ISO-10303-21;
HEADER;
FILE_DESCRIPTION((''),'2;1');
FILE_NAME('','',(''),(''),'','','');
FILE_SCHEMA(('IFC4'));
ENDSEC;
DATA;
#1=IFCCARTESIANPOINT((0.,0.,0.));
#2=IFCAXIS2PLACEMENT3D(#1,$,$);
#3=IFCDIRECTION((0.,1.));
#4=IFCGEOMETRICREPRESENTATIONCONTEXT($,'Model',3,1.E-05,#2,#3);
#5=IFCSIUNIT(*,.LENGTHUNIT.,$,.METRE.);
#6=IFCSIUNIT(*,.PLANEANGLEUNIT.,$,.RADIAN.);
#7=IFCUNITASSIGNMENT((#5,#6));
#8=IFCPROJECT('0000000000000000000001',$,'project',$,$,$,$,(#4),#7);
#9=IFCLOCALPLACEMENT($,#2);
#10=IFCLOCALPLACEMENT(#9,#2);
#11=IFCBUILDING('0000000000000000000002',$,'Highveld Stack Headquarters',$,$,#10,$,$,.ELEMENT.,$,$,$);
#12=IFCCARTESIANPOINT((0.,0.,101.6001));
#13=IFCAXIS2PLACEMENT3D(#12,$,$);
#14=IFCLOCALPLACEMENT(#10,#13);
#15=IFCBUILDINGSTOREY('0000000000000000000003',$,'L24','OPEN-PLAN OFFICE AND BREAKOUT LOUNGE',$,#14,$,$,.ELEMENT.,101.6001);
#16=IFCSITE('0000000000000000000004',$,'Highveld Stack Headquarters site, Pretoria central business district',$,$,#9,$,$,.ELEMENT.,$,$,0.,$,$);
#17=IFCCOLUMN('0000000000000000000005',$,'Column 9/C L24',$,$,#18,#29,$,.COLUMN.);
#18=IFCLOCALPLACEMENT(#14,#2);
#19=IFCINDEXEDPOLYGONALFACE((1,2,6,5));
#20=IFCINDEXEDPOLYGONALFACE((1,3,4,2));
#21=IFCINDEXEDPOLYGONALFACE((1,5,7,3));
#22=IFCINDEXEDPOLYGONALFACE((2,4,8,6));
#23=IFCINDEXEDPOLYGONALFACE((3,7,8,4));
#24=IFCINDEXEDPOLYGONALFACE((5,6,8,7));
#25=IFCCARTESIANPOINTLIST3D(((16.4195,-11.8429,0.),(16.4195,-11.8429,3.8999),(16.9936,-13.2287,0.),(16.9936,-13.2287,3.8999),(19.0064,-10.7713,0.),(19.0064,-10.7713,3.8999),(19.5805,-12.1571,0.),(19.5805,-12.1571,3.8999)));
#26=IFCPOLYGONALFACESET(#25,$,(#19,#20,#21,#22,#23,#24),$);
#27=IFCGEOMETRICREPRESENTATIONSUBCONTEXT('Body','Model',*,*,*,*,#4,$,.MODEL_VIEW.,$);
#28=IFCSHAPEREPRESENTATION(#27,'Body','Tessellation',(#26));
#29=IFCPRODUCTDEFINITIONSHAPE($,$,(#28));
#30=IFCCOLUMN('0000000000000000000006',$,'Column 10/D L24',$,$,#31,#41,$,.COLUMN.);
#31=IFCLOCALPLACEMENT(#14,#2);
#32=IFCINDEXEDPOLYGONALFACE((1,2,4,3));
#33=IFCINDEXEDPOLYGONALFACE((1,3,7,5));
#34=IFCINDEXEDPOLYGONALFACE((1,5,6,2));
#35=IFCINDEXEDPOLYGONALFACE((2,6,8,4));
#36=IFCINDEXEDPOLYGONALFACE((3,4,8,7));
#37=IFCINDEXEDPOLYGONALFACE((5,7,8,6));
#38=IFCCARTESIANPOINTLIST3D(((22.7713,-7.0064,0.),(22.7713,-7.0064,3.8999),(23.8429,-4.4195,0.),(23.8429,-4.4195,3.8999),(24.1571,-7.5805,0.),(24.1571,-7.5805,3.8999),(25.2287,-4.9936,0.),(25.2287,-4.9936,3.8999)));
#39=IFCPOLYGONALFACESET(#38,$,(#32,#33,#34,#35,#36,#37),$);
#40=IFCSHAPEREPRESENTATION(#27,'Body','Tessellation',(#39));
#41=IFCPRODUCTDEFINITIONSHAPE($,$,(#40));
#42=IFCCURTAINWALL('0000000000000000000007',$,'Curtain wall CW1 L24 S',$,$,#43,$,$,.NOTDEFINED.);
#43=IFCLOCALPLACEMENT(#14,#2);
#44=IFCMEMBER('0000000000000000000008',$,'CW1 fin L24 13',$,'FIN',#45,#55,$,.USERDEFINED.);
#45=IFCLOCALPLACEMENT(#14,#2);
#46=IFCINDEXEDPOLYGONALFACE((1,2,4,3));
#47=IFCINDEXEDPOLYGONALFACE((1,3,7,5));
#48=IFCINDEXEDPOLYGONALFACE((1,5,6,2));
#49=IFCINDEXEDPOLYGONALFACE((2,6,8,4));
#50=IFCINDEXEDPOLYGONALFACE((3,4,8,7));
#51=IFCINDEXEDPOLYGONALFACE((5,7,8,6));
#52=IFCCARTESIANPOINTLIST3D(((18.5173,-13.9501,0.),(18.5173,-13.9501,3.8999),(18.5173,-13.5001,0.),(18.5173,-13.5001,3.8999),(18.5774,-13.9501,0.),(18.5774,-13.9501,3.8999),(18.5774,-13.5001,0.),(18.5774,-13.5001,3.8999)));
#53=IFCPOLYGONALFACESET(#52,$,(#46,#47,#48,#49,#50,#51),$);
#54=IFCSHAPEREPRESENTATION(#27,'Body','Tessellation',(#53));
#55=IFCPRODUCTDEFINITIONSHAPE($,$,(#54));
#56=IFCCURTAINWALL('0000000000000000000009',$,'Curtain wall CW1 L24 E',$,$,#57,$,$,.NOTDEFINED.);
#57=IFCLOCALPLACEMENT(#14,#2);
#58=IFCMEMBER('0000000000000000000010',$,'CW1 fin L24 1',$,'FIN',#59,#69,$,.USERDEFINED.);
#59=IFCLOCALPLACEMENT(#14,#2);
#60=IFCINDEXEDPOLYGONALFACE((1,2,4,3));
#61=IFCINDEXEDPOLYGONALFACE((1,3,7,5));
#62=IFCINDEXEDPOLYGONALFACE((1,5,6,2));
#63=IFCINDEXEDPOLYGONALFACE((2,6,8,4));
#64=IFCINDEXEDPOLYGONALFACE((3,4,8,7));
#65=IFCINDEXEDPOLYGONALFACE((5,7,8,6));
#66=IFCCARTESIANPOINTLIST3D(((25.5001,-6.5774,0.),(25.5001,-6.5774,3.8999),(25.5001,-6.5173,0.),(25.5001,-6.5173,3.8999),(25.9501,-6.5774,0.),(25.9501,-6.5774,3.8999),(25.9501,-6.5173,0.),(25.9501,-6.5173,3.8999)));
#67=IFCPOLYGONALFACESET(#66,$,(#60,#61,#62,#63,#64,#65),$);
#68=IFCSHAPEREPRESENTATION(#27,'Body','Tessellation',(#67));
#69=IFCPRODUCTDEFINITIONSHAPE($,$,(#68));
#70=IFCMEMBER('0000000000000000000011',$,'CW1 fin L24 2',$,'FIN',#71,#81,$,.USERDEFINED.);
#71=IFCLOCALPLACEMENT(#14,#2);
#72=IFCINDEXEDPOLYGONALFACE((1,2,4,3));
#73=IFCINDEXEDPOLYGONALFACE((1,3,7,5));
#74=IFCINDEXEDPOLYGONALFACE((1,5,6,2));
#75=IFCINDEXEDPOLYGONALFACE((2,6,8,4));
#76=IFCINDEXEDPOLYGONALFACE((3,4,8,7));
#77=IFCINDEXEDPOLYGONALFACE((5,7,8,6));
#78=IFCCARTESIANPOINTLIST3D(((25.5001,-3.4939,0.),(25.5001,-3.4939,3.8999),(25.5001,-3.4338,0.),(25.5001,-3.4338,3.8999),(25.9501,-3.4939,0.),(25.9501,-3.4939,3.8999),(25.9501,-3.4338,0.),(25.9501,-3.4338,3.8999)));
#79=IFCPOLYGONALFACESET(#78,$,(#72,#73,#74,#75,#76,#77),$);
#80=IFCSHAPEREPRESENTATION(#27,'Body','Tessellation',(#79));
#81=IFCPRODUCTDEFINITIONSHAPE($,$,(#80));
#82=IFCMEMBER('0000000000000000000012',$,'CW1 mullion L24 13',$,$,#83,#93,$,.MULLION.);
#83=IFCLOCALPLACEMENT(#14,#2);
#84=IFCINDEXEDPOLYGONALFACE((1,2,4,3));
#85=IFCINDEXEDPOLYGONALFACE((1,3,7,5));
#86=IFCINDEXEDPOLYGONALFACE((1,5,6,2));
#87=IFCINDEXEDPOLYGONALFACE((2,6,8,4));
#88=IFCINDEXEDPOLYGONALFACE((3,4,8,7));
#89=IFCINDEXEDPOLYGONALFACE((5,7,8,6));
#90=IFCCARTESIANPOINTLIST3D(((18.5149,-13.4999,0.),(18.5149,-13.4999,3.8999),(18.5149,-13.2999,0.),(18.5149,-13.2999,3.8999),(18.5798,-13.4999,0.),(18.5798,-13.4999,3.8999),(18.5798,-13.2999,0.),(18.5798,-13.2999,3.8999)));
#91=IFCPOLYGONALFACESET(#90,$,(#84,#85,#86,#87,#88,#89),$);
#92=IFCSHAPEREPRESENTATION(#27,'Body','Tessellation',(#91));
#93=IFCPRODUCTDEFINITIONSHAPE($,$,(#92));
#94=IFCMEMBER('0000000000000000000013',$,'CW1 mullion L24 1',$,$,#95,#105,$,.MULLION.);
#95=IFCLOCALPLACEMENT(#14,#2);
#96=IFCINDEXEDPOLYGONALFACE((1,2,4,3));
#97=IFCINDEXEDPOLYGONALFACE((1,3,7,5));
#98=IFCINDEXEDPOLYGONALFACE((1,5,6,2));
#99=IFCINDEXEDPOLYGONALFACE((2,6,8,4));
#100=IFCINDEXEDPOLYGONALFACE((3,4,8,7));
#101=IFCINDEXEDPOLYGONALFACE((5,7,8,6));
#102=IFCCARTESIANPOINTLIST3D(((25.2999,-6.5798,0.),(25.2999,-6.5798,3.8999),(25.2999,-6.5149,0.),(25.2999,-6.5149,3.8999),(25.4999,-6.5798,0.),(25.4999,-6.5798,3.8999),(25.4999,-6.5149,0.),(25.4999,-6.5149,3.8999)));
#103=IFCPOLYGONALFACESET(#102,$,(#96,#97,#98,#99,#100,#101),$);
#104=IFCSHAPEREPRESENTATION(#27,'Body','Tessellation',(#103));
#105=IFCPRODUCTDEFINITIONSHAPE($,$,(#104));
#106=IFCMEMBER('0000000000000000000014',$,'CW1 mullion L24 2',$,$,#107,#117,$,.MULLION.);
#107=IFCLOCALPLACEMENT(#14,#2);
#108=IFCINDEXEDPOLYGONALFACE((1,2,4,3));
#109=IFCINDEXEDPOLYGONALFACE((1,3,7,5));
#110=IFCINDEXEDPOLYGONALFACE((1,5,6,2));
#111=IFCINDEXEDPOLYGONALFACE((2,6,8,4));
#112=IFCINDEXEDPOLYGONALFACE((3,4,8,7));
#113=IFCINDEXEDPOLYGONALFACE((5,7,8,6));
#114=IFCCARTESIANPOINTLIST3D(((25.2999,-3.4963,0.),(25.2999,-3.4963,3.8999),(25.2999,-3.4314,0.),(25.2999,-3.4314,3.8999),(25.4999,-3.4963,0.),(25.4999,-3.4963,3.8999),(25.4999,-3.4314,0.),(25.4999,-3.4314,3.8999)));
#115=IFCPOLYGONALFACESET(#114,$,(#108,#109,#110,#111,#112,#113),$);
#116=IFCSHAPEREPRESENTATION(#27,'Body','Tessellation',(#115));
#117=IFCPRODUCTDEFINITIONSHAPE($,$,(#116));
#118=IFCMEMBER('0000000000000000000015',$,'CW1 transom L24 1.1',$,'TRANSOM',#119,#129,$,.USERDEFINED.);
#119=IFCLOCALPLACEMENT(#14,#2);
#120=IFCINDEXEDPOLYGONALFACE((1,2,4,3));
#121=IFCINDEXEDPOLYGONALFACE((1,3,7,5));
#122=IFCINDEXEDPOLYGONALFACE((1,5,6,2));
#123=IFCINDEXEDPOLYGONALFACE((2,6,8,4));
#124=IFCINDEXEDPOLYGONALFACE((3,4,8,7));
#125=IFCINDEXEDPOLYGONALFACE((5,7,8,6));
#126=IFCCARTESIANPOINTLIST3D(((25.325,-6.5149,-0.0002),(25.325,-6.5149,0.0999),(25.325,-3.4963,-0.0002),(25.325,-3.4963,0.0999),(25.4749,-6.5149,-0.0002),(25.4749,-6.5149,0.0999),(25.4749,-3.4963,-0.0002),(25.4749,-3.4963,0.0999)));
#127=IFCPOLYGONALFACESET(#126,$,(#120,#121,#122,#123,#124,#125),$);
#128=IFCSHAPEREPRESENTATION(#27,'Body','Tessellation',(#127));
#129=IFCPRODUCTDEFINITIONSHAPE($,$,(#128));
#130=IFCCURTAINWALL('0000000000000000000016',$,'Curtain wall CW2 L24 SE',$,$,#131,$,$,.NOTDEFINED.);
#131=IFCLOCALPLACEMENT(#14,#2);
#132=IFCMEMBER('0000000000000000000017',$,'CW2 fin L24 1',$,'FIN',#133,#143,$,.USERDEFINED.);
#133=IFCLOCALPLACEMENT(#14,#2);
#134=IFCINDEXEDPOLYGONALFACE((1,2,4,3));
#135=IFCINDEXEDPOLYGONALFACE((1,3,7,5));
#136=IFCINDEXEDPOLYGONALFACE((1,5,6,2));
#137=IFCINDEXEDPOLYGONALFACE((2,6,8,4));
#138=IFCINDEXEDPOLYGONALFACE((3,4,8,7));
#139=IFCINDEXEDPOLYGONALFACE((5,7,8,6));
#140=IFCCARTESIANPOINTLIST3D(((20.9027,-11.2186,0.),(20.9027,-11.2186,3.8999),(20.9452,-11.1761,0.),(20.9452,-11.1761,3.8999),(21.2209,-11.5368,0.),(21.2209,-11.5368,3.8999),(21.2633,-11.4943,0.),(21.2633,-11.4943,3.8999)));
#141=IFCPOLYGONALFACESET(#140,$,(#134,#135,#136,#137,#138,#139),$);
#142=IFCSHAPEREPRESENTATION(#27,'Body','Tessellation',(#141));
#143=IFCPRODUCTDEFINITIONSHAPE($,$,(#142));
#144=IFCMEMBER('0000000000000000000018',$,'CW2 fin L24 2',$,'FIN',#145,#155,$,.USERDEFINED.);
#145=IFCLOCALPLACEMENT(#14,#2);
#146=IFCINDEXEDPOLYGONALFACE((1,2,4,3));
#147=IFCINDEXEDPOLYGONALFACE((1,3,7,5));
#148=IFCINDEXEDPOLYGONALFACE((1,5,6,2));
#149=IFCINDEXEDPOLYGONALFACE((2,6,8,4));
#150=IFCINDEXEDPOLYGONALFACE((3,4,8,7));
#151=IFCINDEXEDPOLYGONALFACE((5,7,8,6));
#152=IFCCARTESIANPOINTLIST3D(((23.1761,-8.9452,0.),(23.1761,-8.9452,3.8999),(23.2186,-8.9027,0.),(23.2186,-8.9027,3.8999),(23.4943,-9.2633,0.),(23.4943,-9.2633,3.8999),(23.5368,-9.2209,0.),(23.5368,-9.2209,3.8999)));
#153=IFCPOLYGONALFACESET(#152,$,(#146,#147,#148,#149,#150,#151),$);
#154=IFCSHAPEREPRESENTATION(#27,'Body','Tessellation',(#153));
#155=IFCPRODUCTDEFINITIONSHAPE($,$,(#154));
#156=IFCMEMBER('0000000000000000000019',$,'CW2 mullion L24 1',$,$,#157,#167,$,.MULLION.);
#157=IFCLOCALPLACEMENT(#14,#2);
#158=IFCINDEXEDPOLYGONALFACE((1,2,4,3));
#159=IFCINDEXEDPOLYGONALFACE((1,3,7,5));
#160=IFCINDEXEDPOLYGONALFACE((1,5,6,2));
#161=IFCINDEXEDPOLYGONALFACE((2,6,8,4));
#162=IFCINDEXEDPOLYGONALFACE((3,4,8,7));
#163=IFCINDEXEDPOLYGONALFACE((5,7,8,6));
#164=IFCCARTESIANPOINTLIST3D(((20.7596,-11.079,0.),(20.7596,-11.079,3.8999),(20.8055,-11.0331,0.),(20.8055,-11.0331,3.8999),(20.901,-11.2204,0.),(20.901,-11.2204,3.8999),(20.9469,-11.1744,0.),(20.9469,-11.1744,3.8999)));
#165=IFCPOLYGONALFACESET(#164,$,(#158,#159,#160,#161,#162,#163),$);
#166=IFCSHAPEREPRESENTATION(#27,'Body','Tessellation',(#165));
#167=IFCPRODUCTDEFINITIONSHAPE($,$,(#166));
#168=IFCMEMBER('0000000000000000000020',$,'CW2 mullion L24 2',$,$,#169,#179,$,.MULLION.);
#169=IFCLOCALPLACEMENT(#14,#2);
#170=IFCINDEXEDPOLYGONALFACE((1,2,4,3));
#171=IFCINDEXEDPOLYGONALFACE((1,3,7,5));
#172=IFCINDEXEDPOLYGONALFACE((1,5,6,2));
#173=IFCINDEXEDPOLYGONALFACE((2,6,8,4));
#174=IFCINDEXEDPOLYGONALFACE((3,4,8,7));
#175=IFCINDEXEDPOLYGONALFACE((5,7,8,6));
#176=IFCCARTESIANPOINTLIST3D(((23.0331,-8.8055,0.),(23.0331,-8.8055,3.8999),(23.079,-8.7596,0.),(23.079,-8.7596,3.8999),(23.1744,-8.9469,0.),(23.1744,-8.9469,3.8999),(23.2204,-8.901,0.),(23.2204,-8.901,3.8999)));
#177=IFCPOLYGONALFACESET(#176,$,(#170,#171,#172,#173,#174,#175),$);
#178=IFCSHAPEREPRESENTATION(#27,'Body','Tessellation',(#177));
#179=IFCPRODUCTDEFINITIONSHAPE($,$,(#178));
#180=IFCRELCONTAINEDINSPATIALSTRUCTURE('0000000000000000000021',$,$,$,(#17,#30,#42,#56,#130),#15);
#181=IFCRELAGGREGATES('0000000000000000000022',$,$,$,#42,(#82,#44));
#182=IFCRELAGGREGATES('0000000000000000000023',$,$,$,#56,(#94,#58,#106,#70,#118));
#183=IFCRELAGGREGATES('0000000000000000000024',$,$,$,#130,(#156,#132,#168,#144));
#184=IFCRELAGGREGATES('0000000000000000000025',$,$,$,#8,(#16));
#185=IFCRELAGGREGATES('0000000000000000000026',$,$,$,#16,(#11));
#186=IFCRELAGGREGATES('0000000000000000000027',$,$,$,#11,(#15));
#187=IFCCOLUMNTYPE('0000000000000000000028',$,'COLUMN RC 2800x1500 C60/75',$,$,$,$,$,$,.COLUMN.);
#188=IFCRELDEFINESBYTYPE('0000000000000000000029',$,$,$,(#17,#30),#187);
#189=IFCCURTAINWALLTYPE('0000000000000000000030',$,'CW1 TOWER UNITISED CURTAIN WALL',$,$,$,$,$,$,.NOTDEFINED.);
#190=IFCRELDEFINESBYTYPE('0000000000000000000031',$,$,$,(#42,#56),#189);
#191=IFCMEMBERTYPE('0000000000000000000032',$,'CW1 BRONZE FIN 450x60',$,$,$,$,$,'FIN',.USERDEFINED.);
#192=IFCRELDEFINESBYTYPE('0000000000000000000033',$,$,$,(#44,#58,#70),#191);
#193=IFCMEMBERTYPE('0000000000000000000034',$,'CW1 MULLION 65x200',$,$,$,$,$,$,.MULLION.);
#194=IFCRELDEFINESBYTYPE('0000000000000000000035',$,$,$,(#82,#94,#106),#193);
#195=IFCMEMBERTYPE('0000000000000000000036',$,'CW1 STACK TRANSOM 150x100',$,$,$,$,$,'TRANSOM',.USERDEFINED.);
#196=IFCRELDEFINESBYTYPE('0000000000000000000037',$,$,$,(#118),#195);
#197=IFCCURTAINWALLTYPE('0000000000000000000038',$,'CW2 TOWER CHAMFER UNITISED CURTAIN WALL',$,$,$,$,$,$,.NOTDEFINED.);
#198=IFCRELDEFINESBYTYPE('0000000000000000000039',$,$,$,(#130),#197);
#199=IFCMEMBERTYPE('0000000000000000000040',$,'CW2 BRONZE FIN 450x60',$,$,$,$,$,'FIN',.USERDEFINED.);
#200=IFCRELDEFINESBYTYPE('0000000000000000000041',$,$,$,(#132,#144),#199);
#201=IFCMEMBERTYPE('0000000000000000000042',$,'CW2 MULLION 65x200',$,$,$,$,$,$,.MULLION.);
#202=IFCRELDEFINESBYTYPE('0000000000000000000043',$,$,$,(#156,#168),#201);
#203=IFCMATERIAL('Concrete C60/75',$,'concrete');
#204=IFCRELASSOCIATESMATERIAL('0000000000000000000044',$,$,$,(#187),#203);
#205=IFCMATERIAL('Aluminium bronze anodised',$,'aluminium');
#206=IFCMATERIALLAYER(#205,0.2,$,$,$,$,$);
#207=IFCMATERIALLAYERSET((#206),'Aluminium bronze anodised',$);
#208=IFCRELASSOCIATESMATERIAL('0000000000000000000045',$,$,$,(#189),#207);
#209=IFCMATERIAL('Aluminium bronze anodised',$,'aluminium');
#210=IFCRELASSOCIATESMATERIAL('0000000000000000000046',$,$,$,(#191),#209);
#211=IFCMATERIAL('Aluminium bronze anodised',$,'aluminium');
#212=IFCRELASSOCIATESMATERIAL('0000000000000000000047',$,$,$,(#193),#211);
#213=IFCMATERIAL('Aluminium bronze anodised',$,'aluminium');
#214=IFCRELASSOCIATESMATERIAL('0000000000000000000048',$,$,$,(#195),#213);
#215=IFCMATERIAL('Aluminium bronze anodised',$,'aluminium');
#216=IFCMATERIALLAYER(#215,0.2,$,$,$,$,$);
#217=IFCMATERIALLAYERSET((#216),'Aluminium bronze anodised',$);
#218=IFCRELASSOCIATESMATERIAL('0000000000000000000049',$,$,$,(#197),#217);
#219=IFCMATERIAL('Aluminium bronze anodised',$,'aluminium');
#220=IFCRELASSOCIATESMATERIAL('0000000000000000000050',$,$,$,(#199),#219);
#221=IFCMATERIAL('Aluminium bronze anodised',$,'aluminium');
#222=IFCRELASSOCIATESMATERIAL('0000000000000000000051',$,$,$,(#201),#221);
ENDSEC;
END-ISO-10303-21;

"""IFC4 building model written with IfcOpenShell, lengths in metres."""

from ifc_helpers import new_model, si_unit, direction, frame, origin, origin_2d, place, context, subcontext, project, spatial, rectangle, extrude, material, layer, layer_set, material_profile, profile_set, type_object, element, aggregate, save


model = new_model("IFC4")

# Units and contexts
model_context = context("Model", 3, precision=1e-05, world=origin(), true_north=direction((0.0, 1.0)))
body_context = subcontext(model_context, "Body", "Model", "MODEL_VIEW")
ifc_project = project(units=[si_unit("LENGTHUNIT", "METRE"), si_unit("PLANEANGLEUNIT", "RADIAN")], contexts=[model_context])

# Site, building, storey
site_placement = place(None, origin())
site = spatial("IfcSite", under=ifc_project, at=site_placement, Name="Highveld Stack Headquarters site, Pretoria central business district", CompositionType="ELEMENT", RefElevation=0.0)
building_placement = place(site_placement, origin())
building = spatial("IfcBuilding", under=site, at=building_placement, Name="Highveld Stack Headquarters", CompositionType="ELEMENT")
storey_placement = place(building_placement, frame((0.0, 0.0, 101.6001)))
storey = spatial("IfcBuildingStorey", under=building, at=storey_placement, Name="L24", Description="OPEN-PLAN OFFICE AND BREAKOUT LOUNGE", CompositionType="ELEMENT", Elevation=101.6001)

# Columns
ifc_material_1 = material(Name="Concrete C60/75", Category="concrete")
ifc_material_profile_1 = material_profile(ifc_material_1, rectangle(XDim=2.8, YDim=1.5, at=origin_2d()), Name="RC 2800x1500")
ifc_profile_set_1 = profile_set([ifc_material_profile_1], Name="Concrete C60/75")
column_type = type_object("IfcColumnType", Name="COLUMN RC 2800x1500 C60/75", PredefinedType="COLUMN", material=ifc_profile_set_1)
for number, where, z_axis, x_axis, name in (
    (1, (18.0, -12.0, 0.0), (0.0, 0.0, 1.0), (-0.92388, -0.382683, 0.0), "Column 9/C L24"),
    (2, (24.0, -6.0, 0.0), (0.0, 0.0, 1.0), (-0.382683, -0.92388, 0.0), "Column 10/D L24"),
):
    element("IfcColumn", number, at=place(storey_placement, frame(where, z_axis=z_axis, x_axis=x_axis)), inside=storey, type_object=column_type, Name=name, PredefinedType="COLUMN", context=body_context, shape_type="SweptSolid", body=[
        extrude(rectangle(XDim=2.8, YDim=1.5, at=origin_2d()), origin(), (0.0, 0.0, 1.0), 3.8999),
    ])

# Curtain wall, member
ifc_material_2 = material(Name="Aluminium bronze anodised", Category="aluminium")
ifc_layer_1 = layer(ifc_material_2, 0.2)
ifc_layer_set_1 = layer_set([ifc_layer_1], Name="Aluminium bronze anodised")
curtain_wall_type_1 = type_object("IfcCurtainWallType", Name="CW1 TOWER UNITISED CURTAIN WALL", PredefinedType="NOTDEFINED", material=ifc_layer_set_1)
curtain_wall_1_placement = place(storey_placement, origin())
curtain_wall_1 = element("IfcCurtainWall", 3, at=curtain_wall_1_placement, inside=storey, type_object=curtain_wall_type_1, Name="Curtain wall CW1 L24 S", PredefinedType="NOTDEFINED")
ifc_material_3 = material(Name="Aluminium bronze anodised", Category="aluminium")
ifc_material_profile_2 = material_profile(ifc_material_3, rectangle(XDim=0.45, YDim=0.0601, at=origin_2d()), Name="FIN 450x60")
ifc_profile_set_2 = profile_set([ifc_material_profile_2], Name="Aluminium bronze anodised")
member_type_1 = type_object("IfcMemberType", Name="CW1 BRONZE FIN 450x60", ElementType="FIN", PredefinedType="USERDEFINED", material=ifc_profile_set_2)
member_1_placement = place(storey_placement, frame((18.5474, -13.7251, 0.0), z_axis=(0.0, 0.0, 1.0), x_axis=(0.0, 1.0, 0.0)))
member_1 = element("IfcMember", 4, at=member_1_placement, type_object=member_type_1, Name="CW1 fin L24 13", ObjectType="FIN", PredefinedType="USERDEFINED", context=body_context, shape_type="SweptSolid", body=[
    extrude(rectangle(XDim=0.45, YDim=0.0601, at=origin_2d()), origin(), (0.0, 0.0, 1.0), 3.8999),
])

# Curtain wall, members
curtain_wall_2_placement = place(storey_placement, origin())
curtain_wall_2 = element("IfcCurtainWall", 5, at=curtain_wall_2_placement, inside=storey, type_object=curtain_wall_type_1, Name="Curtain wall CW1 L24 E", PredefinedType="NOTDEFINED")
member_2_placement = place(storey_placement, frame((25.7251, -6.5474, 0.0), z_axis=(0.0, 0.0, 1.0), x_axis=(-1.0, 0.0, 0.0)))
member_2 = element("IfcMember", 6, at=member_2_placement, type_object=member_type_1, Name="CW1 fin L24 1", ObjectType="FIN", PredefinedType="USERDEFINED", context=body_context, shape_type="SweptSolid", body=[
    extrude(rectangle(XDim=0.45, YDim=0.0601, at=origin_2d()), origin(), (0.0, 0.0, 1.0), 3.8999),
])
member_3_placement = place(storey_placement, frame((25.7251, -3.4639, 0.0), z_axis=(0.0, 0.0, 1.0), x_axis=(-1.0, 0.0, 0.0)))
member_3 = element("IfcMember", 7, at=member_3_placement, type_object=member_type_1, Name="CW1 fin L24 2", ObjectType="FIN", PredefinedType="USERDEFINED", context=body_context, shape_type="SweptSolid", body=[
    extrude(rectangle(XDim=0.45, YDim=0.0601, at=origin_2d()), origin(), (0.0, 0.0, 1.0), 3.8999),
])

# Members
ifc_material_4 = material(Name="Aluminium bronze anodised", Category="aluminium")
ifc_material_profile_3 = material_profile(ifc_material_4, rectangle(XDim=0.2, YDim=0.0649, at=origin_2d()), Name="CW1 MULLION 65x200")
ifc_profile_set_3 = profile_set([ifc_material_profile_3], Name="Aluminium bronze anodised")
member_type_2 = type_object("IfcMemberType", Name="CW1 MULLION 65x200", PredefinedType="MULLION", material=ifc_profile_set_3)
member_4_placement = place(storey_placement, frame((18.5474, -13.3999, 0.0), z_axis=(0.0, 0.0, 1.0), x_axis=(0.0, 1.0, 0.0)))
member_4 = element("IfcMember", 8, at=member_4_placement, type_object=member_type_2, Name="CW1 mullion L24 13", PredefinedType="MULLION", context=body_context, shape_type="SweptSolid", body=[
    extrude(rectangle(XDim=0.2, YDim=0.0649, at=origin_2d()), origin(), (0.0, 0.0, 1.0), 3.8999),
])
member_5_placement = place(storey_placement, frame((25.3999, -6.5474, 0.0), z_axis=(0.0, 0.0, 1.0), x_axis=(-1.0, 0.0, 0.0)))
member_5 = element("IfcMember", 9, at=member_5_placement, type_object=member_type_2, Name="CW1 mullion L24 1", PredefinedType="MULLION", context=body_context, shape_type="SweptSolid", body=[
    extrude(rectangle(XDim=0.2, YDim=0.0649, at=origin_2d()), origin(), (0.0, 0.0, 1.0), 3.8999),
])
member_6_placement = place(storey_placement, frame((25.3999, -3.4639, 0.0), z_axis=(0.0, 0.0, 1.0), x_axis=(-1.0, 0.0, 0.0)))
member_6 = element("IfcMember", 10, at=member_6_placement, type_object=member_type_2, Name="CW1 mullion L24 2", PredefinedType="MULLION", context=body_context, shape_type="SweptSolid", body=[
    extrude(rectangle(XDim=0.2, YDim=0.0649, at=origin_2d()), origin(), (0.0, 0.0, 1.0), 3.8999),
])
ifc_material_5 = material(Name="Aluminium bronze anodised", Category="aluminium")
ifc_material_profile_4 = material_profile(ifc_material_5, rectangle(XDim=0.1499, YDim=0.1001, at=origin_2d()), Name="CW1 TRANSOM 150x100")
ifc_profile_set_4 = profile_set([ifc_material_profile_4], Name="Aluminium bronze anodised")
member_type_3 = type_object("IfcMemberType", Name="CW1 STACK TRANSOM 150x100", ElementType="TRANSOM", PredefinedType="USERDEFINED", material=ifc_profile_set_4)
member_7_placement = place(storey_placement, frame((25.3999, -6.5149, 0.0498), z_axis=(0.0, 1.0, 0.0), x_axis=(-1.0, 0.0, 0.0)))
member_7 = element("IfcMember", 11, at=member_7_placement, type_object=member_type_3, Name="CW1 transom L24 1.1", ObjectType="TRANSOM", PredefinedType="USERDEFINED", context=body_context, shape_type="SweptSolid", body=[
    extrude(rectangle(XDim=0.1499, YDim=0.1001, at=origin_2d()), origin(), (0.0, 0.0, 1.0), 3.0186),
])

# Curtain wall, members
ifc_material_6 = material(Name="Aluminium bronze anodised", Category="aluminium")
ifc_layer_2 = layer(ifc_material_6, 0.2)
ifc_layer_set_2 = layer_set([ifc_layer_2], Name="Aluminium bronze anodised")
curtain_wall_type_2 = type_object("IfcCurtainWallType", Name="CW2 TOWER CHAMFER UNITISED CURTAIN WALL", PredefinedType="NOTDEFINED", material=ifc_layer_set_2)
curtain_wall_3_placement = place(storey_placement, origin())
curtain_wall_3 = element("IfcCurtainWall", 12, at=curtain_wall_3_placement, inside=storey, type_object=curtain_wall_type_2, Name="Curtain wall CW2 L24 SE", PredefinedType="NOTDEFINED")
ifc_material_7 = material(Name="Aluminium bronze anodised", Category="aluminium")
ifc_material_profile_5 = material_profile(ifc_material_7, rectangle(XDim=0.45, YDim=0.0601, at=origin_2d()), Name="FIN 450x60")
ifc_profile_set_5 = profile_set([ifc_material_profile_5], Name="Aluminium bronze anodised")
member_type_4 = type_object("IfcMemberType", Name="CW2 BRONZE FIN 450x60", ElementType="FIN", PredefinedType="USERDEFINED", material=ifc_profile_set_5)
member_8_placement = place(storey_placement, frame((21.083, -11.3564, 0.0), z_axis=(0.0, 0.0, 1.0), x_axis=(-0.707107, 0.707107, 0.0)))
member_8 = element("IfcMember", 13, at=member_8_placement, type_object=member_type_4, Name="CW2 fin L24 1", ObjectType="FIN", PredefinedType="USERDEFINED", context=body_context, shape_type="SweptSolid", body=[
    extrude(rectangle(XDim=0.45, YDim=0.0601, at=origin_2d()), origin(), (0.0, 0.0, 1.0), 3.8999),
])
member_9_placement = place(storey_placement, frame((23.3564, -9.083, 0.0), z_axis=(0.0, 0.0, 1.0), x_axis=(-0.707107, 0.707107, 0.0)))
member_9 = element("IfcMember", 14, at=member_9_placement, type_object=member_type_4, Name="CW2 fin L24 2", ObjectType="FIN", PredefinedType="USERDEFINED", context=body_context, shape_type="SweptSolid", body=[
    extrude(rectangle(XDim=0.45, YDim=0.0601, at=origin_2d()), origin(), (0.0, 0.0, 1.0), 3.8999),
])
ifc_material_8 = material(Name="Aluminium bronze anodised", Category="aluminium")
ifc_material_profile_6 = material_profile(ifc_material_8, rectangle(XDim=0.2, YDim=0.0649, at=origin_2d()), Name="CW2 MULLION 65x200")
ifc_profile_set_6 = profile_set([ifc_material_profile_6], Name="Aluminium bronze anodised")
member_type_5 = type_object("IfcMemberType", Name="CW2 MULLION 65x200", PredefinedType="MULLION", material=ifc_profile_set_6)
member_10_placement = place(storey_placement, frame((20.8533, -11.1267, 0.0), z_axis=(0.0, 0.0, 1.0), x_axis=(-0.707107, 0.707107, 0.0)))
member_10 = element("IfcMember", 15, at=member_10_placement, type_object=member_type_5, Name="CW2 mullion L24 1", PredefinedType="MULLION", context=body_context, shape_type="SweptSolid", body=[
    extrude(rectangle(XDim=0.2, YDim=0.0649, at=origin_2d()), origin(), (0.0, 0.0, 1.0), 3.8999),
])
member_11_placement = place(storey_placement, frame((23.1267, -8.8533, 0.0), z_axis=(0.0, 0.0, 1.0), x_axis=(-0.707107, 0.707107, 0.0)))
member_11 = element("IfcMember", 16, at=member_11_placement, type_object=member_type_5, Name="CW2 mullion L24 2", PredefinedType="MULLION", context=body_context, shape_type="SweptSolid", body=[
    extrude(rectangle(XDim=0.2, YDim=0.0649, at=origin_2d()), origin(), (0.0, 0.0, 1.0), 3.8999),
])

aggregate(curtain_wall_1, [member_4, member_1])
aggregate(curtain_wall_2, [member_5, member_2, member_6, member_3, member_7])
aggregate(curtain_wall_3, [member_10, member_8, member_11, member_9])

save(model, "model.ifc")
